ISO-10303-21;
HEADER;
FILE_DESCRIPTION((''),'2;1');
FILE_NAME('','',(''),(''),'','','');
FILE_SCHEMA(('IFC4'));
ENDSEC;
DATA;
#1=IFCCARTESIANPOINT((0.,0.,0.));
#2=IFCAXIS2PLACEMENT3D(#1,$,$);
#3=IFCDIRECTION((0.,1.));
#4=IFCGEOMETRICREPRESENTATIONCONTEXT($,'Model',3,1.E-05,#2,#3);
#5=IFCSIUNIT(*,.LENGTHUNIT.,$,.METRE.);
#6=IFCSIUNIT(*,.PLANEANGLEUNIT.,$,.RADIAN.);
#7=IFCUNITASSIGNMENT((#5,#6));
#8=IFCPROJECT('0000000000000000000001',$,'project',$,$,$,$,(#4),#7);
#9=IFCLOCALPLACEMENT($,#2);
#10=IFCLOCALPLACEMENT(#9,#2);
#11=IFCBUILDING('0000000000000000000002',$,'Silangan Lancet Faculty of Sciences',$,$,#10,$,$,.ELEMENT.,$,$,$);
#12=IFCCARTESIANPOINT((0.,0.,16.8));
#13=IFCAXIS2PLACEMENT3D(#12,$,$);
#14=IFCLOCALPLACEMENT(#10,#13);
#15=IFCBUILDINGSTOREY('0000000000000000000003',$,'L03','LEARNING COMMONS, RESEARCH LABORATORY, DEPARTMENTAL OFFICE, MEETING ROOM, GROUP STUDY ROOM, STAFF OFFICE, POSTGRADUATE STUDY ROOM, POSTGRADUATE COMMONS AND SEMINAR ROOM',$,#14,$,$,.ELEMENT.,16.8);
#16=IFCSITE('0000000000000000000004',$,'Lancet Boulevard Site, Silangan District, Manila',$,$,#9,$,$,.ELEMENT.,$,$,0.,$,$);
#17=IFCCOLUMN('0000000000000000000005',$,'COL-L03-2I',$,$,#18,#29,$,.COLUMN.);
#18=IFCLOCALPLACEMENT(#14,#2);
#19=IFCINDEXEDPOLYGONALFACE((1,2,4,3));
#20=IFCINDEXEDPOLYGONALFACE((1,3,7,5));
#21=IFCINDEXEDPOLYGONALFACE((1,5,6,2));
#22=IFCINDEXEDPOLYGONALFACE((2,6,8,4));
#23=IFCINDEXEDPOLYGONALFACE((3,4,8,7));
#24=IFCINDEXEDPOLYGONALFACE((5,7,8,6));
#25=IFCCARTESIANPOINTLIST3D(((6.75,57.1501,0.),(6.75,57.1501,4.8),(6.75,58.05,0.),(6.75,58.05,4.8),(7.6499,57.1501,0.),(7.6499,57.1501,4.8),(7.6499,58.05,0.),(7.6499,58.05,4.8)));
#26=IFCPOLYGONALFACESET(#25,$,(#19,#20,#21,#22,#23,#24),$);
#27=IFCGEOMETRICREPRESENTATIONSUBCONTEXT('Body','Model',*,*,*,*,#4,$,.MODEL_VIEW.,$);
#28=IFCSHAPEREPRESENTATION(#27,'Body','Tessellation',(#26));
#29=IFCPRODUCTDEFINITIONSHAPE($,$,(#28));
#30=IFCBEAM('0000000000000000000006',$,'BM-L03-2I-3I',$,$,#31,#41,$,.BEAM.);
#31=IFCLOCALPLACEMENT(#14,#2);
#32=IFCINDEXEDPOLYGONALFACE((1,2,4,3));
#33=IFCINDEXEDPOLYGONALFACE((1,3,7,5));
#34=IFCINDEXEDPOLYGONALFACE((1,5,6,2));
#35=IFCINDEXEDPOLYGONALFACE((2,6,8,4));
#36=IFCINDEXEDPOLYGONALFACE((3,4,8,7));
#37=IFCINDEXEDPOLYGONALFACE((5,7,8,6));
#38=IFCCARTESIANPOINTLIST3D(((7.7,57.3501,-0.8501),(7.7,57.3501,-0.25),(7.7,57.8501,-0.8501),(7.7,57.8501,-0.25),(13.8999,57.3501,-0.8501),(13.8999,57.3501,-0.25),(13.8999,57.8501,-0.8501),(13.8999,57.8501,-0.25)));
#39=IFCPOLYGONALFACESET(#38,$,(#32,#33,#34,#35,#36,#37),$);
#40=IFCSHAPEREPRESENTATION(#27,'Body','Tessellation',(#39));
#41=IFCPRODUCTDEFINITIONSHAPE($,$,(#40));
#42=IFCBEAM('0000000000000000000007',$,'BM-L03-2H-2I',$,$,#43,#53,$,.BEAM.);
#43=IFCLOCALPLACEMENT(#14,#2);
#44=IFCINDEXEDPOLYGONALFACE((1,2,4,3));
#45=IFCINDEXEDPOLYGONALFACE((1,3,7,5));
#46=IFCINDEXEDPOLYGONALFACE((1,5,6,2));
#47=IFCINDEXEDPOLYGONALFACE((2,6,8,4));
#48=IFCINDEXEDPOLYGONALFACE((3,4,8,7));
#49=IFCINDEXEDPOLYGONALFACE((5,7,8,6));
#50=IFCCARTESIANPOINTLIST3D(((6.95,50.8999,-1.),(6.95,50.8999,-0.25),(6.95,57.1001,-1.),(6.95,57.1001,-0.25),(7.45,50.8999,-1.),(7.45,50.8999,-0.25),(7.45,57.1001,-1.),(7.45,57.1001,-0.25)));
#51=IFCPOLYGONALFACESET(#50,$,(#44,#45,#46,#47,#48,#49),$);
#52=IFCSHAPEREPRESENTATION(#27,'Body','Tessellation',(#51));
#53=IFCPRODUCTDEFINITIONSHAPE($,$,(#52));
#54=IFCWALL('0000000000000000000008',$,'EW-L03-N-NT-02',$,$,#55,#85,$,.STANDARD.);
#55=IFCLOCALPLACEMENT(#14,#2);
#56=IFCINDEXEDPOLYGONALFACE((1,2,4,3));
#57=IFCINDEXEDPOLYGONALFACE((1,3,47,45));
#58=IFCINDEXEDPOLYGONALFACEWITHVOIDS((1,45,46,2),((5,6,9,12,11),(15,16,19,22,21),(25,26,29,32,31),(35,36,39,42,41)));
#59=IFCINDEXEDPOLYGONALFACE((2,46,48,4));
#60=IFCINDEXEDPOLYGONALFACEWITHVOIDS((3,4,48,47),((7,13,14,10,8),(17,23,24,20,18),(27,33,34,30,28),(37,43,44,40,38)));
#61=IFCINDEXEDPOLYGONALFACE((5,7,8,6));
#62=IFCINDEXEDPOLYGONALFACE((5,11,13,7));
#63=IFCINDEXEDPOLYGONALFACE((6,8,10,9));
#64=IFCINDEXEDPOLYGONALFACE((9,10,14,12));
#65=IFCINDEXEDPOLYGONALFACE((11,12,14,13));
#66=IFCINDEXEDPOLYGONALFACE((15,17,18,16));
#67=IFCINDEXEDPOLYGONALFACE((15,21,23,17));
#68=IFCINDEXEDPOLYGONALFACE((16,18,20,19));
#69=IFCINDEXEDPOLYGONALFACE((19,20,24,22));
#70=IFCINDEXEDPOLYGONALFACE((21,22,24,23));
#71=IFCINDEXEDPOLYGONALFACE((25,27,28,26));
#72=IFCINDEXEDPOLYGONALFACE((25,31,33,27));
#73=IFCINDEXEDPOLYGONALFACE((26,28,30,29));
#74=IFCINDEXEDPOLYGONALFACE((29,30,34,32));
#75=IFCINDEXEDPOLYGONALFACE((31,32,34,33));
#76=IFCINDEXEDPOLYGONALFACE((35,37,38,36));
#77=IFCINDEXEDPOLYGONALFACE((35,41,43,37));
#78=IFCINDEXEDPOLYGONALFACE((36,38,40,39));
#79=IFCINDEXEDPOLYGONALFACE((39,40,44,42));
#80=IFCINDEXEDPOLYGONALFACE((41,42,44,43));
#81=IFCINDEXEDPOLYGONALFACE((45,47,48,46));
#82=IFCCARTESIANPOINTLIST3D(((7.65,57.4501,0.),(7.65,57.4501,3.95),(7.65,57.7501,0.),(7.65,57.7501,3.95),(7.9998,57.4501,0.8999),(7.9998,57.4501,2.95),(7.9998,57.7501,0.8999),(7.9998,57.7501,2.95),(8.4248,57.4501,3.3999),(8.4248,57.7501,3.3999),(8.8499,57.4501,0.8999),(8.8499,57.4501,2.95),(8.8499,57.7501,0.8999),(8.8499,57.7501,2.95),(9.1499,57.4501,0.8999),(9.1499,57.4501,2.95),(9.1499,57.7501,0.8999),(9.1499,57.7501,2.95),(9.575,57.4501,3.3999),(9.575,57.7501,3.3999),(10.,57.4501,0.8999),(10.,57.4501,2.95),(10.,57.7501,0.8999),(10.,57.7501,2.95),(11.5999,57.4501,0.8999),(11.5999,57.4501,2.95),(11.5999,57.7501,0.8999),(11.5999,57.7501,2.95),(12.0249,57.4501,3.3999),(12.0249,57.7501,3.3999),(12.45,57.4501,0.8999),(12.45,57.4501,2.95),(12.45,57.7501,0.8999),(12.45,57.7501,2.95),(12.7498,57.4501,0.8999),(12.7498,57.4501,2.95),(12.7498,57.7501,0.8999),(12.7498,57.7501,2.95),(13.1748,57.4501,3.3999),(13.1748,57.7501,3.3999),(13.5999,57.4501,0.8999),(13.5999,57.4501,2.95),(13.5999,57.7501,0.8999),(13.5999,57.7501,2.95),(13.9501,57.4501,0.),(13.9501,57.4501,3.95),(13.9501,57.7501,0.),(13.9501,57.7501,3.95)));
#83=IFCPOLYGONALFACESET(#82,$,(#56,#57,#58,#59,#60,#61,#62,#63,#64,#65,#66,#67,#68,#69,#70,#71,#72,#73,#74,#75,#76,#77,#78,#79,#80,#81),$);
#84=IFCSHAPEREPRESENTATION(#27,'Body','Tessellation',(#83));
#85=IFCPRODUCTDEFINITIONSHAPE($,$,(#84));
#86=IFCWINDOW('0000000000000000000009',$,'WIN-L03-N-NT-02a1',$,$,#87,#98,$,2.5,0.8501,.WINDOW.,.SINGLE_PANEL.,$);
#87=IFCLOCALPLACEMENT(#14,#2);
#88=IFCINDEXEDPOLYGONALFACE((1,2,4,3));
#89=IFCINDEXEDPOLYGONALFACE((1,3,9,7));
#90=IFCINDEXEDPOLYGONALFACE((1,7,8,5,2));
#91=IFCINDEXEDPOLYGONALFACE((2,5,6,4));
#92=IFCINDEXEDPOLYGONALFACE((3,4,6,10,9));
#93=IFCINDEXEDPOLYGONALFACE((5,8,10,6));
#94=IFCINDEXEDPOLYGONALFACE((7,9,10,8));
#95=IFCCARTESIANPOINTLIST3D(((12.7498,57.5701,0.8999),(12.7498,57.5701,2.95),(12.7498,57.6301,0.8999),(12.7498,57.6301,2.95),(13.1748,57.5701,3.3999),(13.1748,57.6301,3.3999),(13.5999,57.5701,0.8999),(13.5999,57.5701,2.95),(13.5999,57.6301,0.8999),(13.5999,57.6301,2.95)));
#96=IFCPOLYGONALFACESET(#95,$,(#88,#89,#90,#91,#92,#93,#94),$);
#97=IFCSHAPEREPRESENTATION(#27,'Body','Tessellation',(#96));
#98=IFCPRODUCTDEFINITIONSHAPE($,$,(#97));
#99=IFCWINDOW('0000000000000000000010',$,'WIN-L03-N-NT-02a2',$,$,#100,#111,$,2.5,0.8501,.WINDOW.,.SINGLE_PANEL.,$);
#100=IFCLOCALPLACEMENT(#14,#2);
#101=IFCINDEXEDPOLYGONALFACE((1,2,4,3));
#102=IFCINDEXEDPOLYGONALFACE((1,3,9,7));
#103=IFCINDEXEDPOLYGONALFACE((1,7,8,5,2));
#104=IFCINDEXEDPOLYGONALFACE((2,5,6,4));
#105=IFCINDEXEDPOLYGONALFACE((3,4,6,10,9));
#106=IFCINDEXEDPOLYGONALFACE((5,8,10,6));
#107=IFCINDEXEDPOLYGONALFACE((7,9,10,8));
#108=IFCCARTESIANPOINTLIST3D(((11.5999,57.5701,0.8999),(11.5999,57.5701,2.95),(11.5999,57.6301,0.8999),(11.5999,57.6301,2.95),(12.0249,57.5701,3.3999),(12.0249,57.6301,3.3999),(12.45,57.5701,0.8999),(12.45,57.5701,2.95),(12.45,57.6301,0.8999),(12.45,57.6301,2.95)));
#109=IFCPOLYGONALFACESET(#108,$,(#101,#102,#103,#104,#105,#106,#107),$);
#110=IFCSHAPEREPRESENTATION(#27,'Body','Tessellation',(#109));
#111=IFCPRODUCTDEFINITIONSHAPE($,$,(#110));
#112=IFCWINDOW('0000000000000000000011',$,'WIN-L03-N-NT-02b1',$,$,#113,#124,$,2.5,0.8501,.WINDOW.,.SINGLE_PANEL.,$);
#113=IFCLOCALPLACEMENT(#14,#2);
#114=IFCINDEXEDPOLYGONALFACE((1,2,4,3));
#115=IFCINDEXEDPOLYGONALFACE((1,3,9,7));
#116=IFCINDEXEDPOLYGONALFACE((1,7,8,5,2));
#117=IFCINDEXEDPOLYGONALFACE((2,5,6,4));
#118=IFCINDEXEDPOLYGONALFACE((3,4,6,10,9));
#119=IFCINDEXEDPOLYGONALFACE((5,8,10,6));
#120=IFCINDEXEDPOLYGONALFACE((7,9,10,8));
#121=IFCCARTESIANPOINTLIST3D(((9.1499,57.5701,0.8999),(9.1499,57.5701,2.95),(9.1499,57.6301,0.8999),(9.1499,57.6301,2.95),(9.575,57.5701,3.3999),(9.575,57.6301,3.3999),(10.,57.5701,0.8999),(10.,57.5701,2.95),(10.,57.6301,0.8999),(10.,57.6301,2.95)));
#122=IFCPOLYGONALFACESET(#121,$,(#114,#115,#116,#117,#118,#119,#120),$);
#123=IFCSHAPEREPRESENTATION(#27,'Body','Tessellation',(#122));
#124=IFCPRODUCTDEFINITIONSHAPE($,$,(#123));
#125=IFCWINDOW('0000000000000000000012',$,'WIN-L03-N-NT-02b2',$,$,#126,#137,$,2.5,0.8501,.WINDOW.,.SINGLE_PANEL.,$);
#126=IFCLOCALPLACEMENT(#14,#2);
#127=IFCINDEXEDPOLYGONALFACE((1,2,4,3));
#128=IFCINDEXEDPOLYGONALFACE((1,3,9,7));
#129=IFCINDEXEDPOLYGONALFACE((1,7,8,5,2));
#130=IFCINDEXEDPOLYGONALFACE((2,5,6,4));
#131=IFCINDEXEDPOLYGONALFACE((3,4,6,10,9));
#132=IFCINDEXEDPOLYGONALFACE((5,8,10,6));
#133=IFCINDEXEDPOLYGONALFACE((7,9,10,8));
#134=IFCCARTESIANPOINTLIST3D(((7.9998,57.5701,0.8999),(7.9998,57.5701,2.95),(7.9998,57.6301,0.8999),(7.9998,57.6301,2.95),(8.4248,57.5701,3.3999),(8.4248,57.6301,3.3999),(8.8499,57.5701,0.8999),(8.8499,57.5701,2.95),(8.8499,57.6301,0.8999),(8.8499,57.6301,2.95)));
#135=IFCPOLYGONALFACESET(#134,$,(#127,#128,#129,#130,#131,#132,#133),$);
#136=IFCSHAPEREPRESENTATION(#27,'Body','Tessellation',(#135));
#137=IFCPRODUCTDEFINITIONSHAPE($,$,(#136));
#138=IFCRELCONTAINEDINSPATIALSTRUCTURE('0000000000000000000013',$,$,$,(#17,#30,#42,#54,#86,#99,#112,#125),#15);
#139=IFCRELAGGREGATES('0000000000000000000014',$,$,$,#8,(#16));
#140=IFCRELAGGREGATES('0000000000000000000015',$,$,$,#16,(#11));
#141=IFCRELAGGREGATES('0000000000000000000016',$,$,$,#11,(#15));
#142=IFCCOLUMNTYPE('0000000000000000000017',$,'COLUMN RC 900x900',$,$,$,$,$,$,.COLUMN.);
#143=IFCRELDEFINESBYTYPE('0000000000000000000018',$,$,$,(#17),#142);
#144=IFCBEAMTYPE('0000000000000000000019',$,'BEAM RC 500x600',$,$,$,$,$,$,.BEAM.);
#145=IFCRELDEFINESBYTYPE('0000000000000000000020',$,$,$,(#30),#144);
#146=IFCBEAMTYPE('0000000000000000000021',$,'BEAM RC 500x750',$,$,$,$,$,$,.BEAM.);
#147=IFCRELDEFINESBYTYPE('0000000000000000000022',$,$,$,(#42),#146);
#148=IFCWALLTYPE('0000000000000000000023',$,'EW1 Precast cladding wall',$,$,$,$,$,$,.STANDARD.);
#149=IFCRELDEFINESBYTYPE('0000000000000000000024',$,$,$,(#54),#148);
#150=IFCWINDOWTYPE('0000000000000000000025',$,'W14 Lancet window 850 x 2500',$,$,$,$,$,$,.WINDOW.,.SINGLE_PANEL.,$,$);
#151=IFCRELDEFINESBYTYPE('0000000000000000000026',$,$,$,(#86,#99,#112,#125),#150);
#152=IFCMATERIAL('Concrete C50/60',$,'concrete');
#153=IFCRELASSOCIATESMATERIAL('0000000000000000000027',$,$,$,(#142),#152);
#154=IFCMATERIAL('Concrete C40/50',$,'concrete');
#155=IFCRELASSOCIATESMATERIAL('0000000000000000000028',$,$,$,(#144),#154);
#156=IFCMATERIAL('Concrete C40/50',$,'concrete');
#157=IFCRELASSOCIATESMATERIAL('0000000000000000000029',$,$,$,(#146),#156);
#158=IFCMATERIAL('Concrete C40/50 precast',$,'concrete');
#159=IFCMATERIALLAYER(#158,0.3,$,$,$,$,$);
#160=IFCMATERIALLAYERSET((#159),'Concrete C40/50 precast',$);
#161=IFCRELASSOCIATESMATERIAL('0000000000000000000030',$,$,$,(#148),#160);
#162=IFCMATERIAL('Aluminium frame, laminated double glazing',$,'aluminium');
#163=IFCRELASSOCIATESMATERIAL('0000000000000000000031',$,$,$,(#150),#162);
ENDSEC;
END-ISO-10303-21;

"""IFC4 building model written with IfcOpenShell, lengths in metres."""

from ifc_helpers import new_model, si_unit, direction, frame, frame_2d, origin, origin_2d, place, context, subcontext, project, spatial, polyline, rectangle, outline, extrude, material, layer, layer_set, material_profile, profile_set, type_object, element, fill, save


model = new_model("IFC4")

# Units and contexts
model_context = context("Model", 3, precision=1e-05, world=origin(), true_north=direction((0.0, 1.0)))
body_context = subcontext(model_context, "Body", "Model", "MODEL_VIEW")
ifc_project = project(units=[si_unit("LENGTHUNIT", "METRE"), si_unit("PLANEANGLEUNIT", "RADIAN")], contexts=[model_context])

# Site, building, storey
site_placement = place(None, origin())
site = spatial("IfcSite", under=ifc_project, at=site_placement, Name="Lancet Boulevard Site, Silangan District, Manila", CompositionType="ELEMENT", RefElevation=0.0)
building_placement = place(site_placement, origin())
building = spatial("IfcBuilding", under=site, at=building_placement, Name="Silangan Lancet Faculty of Sciences", CompositionType="ELEMENT")
storey_placement = place(building_placement, frame((0.0, 0.0, 16.8)))
storey = spatial("IfcBuildingStorey", under=building, at=storey_placement, Name="L03", Description="LEARNING COMMONS, RESEARCH LABORATORY, DEPARTMENTAL OFFICE, MEETING ROOM, GROUP STUDY ROOM, STAFF OFFICE, POSTGRADUATE STUDY ROOM, POSTGRADUATE COMMONS AND SEMINAR ROOM", CompositionType="ELEMENT", Elevation=16.8)

# Column
ifc_material_1 = material(Name="Concrete C50/60", Category="concrete")
ifc_material_profile_1 = material_profile(ifc_material_1, rectangle(XDim=0.8999, YDim=0.8999, at=origin_2d()), Name="RC 900x900")
ifc_profile_set_1 = profile_set([ifc_material_profile_1], Name="Concrete C50/60")
column_type = type_object("IfcColumnType", Name="COLUMN RC 900x900", PredefinedType="COLUMN", material=ifc_profile_set_1)
column_placement = place(storey_placement, frame((7.2, 57.6001, 0.0), z_axis=(0.0, 0.0, 1.0), x_axis=(1.0, 0.0, 0.0)))
element("IfcColumn", 1, at=column_placement, inside=storey, type_object=column_type, Name="COL-L03-2I", PredefinedType="COLUMN", context=body_context, shape_type="SweptSolid", body=[
    extrude(rectangle(XDim=0.8999, YDim=0.8999, at=origin_2d()), origin(), (0.0, 0.0, 1.0), 4.8),
])

# Beams
ifc_material_2 = material(Name="Concrete C40/50", Category="concrete")
ifc_material_profile_2 = material_profile(ifc_material_2, rectangle(XDim=0.5, YDim=0.6001, at=origin_2d()), Name="RC 500x600")
ifc_profile_set_2 = profile_set([ifc_material_profile_2], Name="Concrete C40/50")
beam_type_1 = type_object("IfcBeamType", Name="BEAM RC 500x600", PredefinedType="BEAM", material=ifc_profile_set_2)
beam_1_placement = place(storey_placement, frame((7.7, 57.6001, -0.55), z_axis=(1.0, 0.0, 0.0), x_axis=(0.0, 1.0, 0.0)))
element("IfcBeam", 2, at=beam_1_placement, inside=storey, type_object=beam_type_1, Name="BM-L03-2I-3I", PredefinedType="BEAM", context=body_context, shape_type="SweptSolid", body=[
    extrude(rectangle(XDim=0.5, YDim=0.6001, at=origin_2d()), origin(), (0.0, 0.0, 1.0), 6.2),
])
ifc_material_3 = material(Name="Concrete C40/50", Category="concrete")
ifc_material_profile_3 = material_profile(ifc_material_3, rectangle(XDim=0.5, YDim=0.75, at=origin_2d()), Name="RC 500x750")
ifc_profile_set_3 = profile_set([ifc_material_profile_3], Name="Concrete C40/50")
beam_type_2 = type_object("IfcBeamType", Name="BEAM RC 500x750", PredefinedType="BEAM", material=ifc_profile_set_3)
beam_2_placement = place(storey_placement, frame((7.2, 50.8999, -0.625), z_axis=(0.0, 1.0, 0.0), x_axis=(-1.0, 0.0, 0.0)))
element("IfcBeam", 3, at=beam_2_placement, inside=storey, type_object=beam_type_2, Name="BM-L03-2H-2I", PredefinedType="BEAM", context=body_context, shape_type="SweptSolid", body=[
    extrude(rectangle(XDim=0.5, YDim=0.75, at=origin_2d()), origin(), (0.0, 0.0, 1.0), 6.2002),
])

# Wall, openings, windows
ifc_material_4 = material(Name="Concrete C40/50 precast", Category="concrete")
ifc_layer_1 = layer(ifc_material_4, 0.3)
ifc_layer_set_1 = layer_set([ifc_layer_1], Name="Concrete C40/50 precast")
wall_type_1 = type_object("IfcWallType", Name="EW1 Precast cladding wall", PredefinedType="STANDARD", material=ifc_layer_set_1)
wall_1_placement = place(storey_placement, frame((13.95, 57.6001, 0.0), z_axis=(0.0, 0.0, 1.0), x_axis=(-1.0, 0.0, 0.0)))
wall_1 = element("IfcWall", 4, at=wall_1_placement, inside=storey, type_object=wall_type_1, Name="EW-L03-N-NT-02", PredefinedType="STANDARD", context=body_context, shape_type="SweptSolid", body=[
    extrude(rectangle(XDim=6.3, YDim=0.3, at=frame_2d((3.1499, 0.0))), origin(), (0.0, 0.0, 1.0), 3.95),
])
opening_1_placement = place(wall_1_placement, frame((0.3501, 0.0, 0.8999)))
opening_1 = element("IfcOpeningElement", 5, at=opening_1_placement, cuts=wall_1, PredefinedType="OPENING", context=body_context, shape_type="SweptSolid", body=[
    extrude(outline(polyline([(0.0, 0.0), (0.8501, 0.0), (0.8501, 2.05), (0.425, 2.5), (0.0, 2.05), (0.0, 0.0)])), frame((0.0, 0.1599, 0.0), z_axis=(0.0, -1.0, 0.0), x_axis=(1.0, 0.0, 0.0)), (0.0, 0.0, 1.0), 0.3201),
])
opening_2_placement = place(wall_1_placement, frame((1.5, 0.0, 0.8999)))
opening_2 = element("IfcOpeningElement", 6, at=opening_2_placement, cuts=wall_1, PredefinedType="OPENING", context=body_context, shape_type="SweptSolid", body=[
    extrude(outline(polyline([(0.0, 0.0), (0.8501, 0.0), (0.8501, 2.05), (0.425, 2.5), (0.0, 2.05), (0.0, 0.0)])), frame((0.0, 0.1599, 0.0), z_axis=(0.0, -1.0, 0.0), x_axis=(1.0, 0.0, 0.0)), (0.0, 0.0, 1.0), 0.3201),
])
opening_3_placement = place(wall_1_placement, frame((3.95, 0.0, 0.8999)))
opening_3 = element("IfcOpeningElement", 7, at=opening_3_placement, cuts=wall_1, PredefinedType="OPENING", context=body_context, shape_type="SweptSolid", body=[
    extrude(outline(polyline([(0.0, 0.0), (0.8501, 0.0), (0.8501, 2.05), (0.425, 2.5), (0.0, 2.05), (0.0, 0.0)])), frame((0.0, 0.1599, 0.0), z_axis=(0.0, -1.0, 0.0), x_axis=(1.0, 0.0, 0.0)), (0.0, 0.0, 1.0), 0.3201),
])
opening_4_placement = place(wall_1_placement, frame((5.1001, 0.0, 0.8999)))
opening_4 = element("IfcOpeningElement", 8, at=opening_4_placement, cuts=wall_1, PredefinedType="OPENING", context=body_context, shape_type="SweptSolid", body=[
    extrude(outline(polyline([(0.0, 0.0), (0.8501, 0.0), (0.8501, 2.05), (0.425, 2.5), (0.0, 2.05), (0.0, 0.0)])), frame((0.0, 0.1599, 0.0), z_axis=(0.0, -1.0, 0.0), x_axis=(1.0, 0.0, 0.0)), (0.0, 0.0, 1.0), 0.3201),
])
ifc_material_5 = material(Name="Aluminium frame, laminated double glazing", Category="aluminium")
window_type_1 = type_object("IfcWindowType", Name="W14 Lancet window 850 x 2500", PartitioningType="SINGLE_PANEL", PredefinedType="WINDOW", material=ifc_material_5)
window_1_placement = place(opening_1_placement, origin())
window_1 = element("IfcWindow", 9, at=window_1_placement, inside=storey, type_object=window_type_1, Name="WIN-L03-N-NT-02a1", OverallHeight=2.5, OverallWidth=0.8501, PartitioningType="SINGLE_PANEL", PredefinedType="WINDOW", context=body_context, shape_type="SweptSolid", body=[
    extrude(outline(polyline([(0.0, 0.0), (0.8501, 0.0), (0.8501, 2.05), (0.425, 2.5), (0.0, 2.05), (0.0, 0.0)])), frame((0.0, 0.03, 0.0), z_axis=(0.0, -1.0, 0.0), x_axis=(1.0, 0.0, 0.0)), (0.0, 0.0, 1.0), 0.0601),
])
fill(opening_1, window_1)
window_2_placement = place(opening_2_placement, origin())
window_2 = element("IfcWindow", 10, at=window_2_placement, inside=storey, type_object=window_type_1, Name="WIN-L03-N-NT-02a2", OverallHeight=2.5, OverallWidth=0.8501, PartitioningType="SINGLE_PANEL", PredefinedType="WINDOW", context=body_context, shape_type="SweptSolid", body=[
    extrude(outline(polyline([(0.0, 0.0), (0.8501, 0.0), (0.8501, 2.05), (0.425, 2.5), (0.0, 2.05), (0.0, 0.0)])), frame((0.0, 0.03, 0.0), z_axis=(0.0, -1.0, 0.0), x_axis=(1.0, 0.0, 0.0)), (0.0, 0.0, 1.0), 0.0601),
])
fill(opening_2, window_2)
window_3_placement = place(opening_3_placement, origin())
window_3 = element("IfcWindow", 11, at=window_3_placement, inside=storey, type_object=window_type_1, Name="WIN-L03-N-NT-02b1", OverallHeight=2.5, OverallWidth=0.8501, PartitioningType="SINGLE_PANEL", PredefinedType="WINDOW", context=body_context, shape_type="SweptSolid", body=[
    extrude(outline(polyline([(0.0, 0.0), (0.8501, 0.0), (0.8501, 2.05), (0.425, 2.5), (0.0, 2.05), (0.0, 0.0)])), frame((0.0, 0.03, 0.0), z_axis=(0.0, -1.0, 0.0), x_axis=(1.0, 0.0, 0.0)), (0.0, 0.0, 1.0), 0.0601),
])
fill(opening_3, window_3)
window_4_placement = place(opening_4_placement, origin())
window_4 = element("IfcWindow", 12, at=window_4_placement, inside=storey, type_object=window_type_1, Name="WIN-L03-N-NT-02b2", OverallHeight=2.5, OverallWidth=0.8501, PartitioningType="SINGLE_PANEL", PredefinedType="WINDOW", context=body_context, shape_type="SweptSolid", body=[
    extrude(outline(polyline([(0.0, 0.0), (0.8501, 0.0), (0.8501, 2.05), (0.425, 2.5), (0.0, 2.05), (0.0, 0.0)])), frame((0.0, 0.03, 0.0), z_axis=(0.0, -1.0, 0.0), x_axis=(1.0, 0.0, 0.0)), (0.0, 0.0, 1.0), 0.0601),
])
fill(opening_4, window_4)

save(model, "model.ifc")
